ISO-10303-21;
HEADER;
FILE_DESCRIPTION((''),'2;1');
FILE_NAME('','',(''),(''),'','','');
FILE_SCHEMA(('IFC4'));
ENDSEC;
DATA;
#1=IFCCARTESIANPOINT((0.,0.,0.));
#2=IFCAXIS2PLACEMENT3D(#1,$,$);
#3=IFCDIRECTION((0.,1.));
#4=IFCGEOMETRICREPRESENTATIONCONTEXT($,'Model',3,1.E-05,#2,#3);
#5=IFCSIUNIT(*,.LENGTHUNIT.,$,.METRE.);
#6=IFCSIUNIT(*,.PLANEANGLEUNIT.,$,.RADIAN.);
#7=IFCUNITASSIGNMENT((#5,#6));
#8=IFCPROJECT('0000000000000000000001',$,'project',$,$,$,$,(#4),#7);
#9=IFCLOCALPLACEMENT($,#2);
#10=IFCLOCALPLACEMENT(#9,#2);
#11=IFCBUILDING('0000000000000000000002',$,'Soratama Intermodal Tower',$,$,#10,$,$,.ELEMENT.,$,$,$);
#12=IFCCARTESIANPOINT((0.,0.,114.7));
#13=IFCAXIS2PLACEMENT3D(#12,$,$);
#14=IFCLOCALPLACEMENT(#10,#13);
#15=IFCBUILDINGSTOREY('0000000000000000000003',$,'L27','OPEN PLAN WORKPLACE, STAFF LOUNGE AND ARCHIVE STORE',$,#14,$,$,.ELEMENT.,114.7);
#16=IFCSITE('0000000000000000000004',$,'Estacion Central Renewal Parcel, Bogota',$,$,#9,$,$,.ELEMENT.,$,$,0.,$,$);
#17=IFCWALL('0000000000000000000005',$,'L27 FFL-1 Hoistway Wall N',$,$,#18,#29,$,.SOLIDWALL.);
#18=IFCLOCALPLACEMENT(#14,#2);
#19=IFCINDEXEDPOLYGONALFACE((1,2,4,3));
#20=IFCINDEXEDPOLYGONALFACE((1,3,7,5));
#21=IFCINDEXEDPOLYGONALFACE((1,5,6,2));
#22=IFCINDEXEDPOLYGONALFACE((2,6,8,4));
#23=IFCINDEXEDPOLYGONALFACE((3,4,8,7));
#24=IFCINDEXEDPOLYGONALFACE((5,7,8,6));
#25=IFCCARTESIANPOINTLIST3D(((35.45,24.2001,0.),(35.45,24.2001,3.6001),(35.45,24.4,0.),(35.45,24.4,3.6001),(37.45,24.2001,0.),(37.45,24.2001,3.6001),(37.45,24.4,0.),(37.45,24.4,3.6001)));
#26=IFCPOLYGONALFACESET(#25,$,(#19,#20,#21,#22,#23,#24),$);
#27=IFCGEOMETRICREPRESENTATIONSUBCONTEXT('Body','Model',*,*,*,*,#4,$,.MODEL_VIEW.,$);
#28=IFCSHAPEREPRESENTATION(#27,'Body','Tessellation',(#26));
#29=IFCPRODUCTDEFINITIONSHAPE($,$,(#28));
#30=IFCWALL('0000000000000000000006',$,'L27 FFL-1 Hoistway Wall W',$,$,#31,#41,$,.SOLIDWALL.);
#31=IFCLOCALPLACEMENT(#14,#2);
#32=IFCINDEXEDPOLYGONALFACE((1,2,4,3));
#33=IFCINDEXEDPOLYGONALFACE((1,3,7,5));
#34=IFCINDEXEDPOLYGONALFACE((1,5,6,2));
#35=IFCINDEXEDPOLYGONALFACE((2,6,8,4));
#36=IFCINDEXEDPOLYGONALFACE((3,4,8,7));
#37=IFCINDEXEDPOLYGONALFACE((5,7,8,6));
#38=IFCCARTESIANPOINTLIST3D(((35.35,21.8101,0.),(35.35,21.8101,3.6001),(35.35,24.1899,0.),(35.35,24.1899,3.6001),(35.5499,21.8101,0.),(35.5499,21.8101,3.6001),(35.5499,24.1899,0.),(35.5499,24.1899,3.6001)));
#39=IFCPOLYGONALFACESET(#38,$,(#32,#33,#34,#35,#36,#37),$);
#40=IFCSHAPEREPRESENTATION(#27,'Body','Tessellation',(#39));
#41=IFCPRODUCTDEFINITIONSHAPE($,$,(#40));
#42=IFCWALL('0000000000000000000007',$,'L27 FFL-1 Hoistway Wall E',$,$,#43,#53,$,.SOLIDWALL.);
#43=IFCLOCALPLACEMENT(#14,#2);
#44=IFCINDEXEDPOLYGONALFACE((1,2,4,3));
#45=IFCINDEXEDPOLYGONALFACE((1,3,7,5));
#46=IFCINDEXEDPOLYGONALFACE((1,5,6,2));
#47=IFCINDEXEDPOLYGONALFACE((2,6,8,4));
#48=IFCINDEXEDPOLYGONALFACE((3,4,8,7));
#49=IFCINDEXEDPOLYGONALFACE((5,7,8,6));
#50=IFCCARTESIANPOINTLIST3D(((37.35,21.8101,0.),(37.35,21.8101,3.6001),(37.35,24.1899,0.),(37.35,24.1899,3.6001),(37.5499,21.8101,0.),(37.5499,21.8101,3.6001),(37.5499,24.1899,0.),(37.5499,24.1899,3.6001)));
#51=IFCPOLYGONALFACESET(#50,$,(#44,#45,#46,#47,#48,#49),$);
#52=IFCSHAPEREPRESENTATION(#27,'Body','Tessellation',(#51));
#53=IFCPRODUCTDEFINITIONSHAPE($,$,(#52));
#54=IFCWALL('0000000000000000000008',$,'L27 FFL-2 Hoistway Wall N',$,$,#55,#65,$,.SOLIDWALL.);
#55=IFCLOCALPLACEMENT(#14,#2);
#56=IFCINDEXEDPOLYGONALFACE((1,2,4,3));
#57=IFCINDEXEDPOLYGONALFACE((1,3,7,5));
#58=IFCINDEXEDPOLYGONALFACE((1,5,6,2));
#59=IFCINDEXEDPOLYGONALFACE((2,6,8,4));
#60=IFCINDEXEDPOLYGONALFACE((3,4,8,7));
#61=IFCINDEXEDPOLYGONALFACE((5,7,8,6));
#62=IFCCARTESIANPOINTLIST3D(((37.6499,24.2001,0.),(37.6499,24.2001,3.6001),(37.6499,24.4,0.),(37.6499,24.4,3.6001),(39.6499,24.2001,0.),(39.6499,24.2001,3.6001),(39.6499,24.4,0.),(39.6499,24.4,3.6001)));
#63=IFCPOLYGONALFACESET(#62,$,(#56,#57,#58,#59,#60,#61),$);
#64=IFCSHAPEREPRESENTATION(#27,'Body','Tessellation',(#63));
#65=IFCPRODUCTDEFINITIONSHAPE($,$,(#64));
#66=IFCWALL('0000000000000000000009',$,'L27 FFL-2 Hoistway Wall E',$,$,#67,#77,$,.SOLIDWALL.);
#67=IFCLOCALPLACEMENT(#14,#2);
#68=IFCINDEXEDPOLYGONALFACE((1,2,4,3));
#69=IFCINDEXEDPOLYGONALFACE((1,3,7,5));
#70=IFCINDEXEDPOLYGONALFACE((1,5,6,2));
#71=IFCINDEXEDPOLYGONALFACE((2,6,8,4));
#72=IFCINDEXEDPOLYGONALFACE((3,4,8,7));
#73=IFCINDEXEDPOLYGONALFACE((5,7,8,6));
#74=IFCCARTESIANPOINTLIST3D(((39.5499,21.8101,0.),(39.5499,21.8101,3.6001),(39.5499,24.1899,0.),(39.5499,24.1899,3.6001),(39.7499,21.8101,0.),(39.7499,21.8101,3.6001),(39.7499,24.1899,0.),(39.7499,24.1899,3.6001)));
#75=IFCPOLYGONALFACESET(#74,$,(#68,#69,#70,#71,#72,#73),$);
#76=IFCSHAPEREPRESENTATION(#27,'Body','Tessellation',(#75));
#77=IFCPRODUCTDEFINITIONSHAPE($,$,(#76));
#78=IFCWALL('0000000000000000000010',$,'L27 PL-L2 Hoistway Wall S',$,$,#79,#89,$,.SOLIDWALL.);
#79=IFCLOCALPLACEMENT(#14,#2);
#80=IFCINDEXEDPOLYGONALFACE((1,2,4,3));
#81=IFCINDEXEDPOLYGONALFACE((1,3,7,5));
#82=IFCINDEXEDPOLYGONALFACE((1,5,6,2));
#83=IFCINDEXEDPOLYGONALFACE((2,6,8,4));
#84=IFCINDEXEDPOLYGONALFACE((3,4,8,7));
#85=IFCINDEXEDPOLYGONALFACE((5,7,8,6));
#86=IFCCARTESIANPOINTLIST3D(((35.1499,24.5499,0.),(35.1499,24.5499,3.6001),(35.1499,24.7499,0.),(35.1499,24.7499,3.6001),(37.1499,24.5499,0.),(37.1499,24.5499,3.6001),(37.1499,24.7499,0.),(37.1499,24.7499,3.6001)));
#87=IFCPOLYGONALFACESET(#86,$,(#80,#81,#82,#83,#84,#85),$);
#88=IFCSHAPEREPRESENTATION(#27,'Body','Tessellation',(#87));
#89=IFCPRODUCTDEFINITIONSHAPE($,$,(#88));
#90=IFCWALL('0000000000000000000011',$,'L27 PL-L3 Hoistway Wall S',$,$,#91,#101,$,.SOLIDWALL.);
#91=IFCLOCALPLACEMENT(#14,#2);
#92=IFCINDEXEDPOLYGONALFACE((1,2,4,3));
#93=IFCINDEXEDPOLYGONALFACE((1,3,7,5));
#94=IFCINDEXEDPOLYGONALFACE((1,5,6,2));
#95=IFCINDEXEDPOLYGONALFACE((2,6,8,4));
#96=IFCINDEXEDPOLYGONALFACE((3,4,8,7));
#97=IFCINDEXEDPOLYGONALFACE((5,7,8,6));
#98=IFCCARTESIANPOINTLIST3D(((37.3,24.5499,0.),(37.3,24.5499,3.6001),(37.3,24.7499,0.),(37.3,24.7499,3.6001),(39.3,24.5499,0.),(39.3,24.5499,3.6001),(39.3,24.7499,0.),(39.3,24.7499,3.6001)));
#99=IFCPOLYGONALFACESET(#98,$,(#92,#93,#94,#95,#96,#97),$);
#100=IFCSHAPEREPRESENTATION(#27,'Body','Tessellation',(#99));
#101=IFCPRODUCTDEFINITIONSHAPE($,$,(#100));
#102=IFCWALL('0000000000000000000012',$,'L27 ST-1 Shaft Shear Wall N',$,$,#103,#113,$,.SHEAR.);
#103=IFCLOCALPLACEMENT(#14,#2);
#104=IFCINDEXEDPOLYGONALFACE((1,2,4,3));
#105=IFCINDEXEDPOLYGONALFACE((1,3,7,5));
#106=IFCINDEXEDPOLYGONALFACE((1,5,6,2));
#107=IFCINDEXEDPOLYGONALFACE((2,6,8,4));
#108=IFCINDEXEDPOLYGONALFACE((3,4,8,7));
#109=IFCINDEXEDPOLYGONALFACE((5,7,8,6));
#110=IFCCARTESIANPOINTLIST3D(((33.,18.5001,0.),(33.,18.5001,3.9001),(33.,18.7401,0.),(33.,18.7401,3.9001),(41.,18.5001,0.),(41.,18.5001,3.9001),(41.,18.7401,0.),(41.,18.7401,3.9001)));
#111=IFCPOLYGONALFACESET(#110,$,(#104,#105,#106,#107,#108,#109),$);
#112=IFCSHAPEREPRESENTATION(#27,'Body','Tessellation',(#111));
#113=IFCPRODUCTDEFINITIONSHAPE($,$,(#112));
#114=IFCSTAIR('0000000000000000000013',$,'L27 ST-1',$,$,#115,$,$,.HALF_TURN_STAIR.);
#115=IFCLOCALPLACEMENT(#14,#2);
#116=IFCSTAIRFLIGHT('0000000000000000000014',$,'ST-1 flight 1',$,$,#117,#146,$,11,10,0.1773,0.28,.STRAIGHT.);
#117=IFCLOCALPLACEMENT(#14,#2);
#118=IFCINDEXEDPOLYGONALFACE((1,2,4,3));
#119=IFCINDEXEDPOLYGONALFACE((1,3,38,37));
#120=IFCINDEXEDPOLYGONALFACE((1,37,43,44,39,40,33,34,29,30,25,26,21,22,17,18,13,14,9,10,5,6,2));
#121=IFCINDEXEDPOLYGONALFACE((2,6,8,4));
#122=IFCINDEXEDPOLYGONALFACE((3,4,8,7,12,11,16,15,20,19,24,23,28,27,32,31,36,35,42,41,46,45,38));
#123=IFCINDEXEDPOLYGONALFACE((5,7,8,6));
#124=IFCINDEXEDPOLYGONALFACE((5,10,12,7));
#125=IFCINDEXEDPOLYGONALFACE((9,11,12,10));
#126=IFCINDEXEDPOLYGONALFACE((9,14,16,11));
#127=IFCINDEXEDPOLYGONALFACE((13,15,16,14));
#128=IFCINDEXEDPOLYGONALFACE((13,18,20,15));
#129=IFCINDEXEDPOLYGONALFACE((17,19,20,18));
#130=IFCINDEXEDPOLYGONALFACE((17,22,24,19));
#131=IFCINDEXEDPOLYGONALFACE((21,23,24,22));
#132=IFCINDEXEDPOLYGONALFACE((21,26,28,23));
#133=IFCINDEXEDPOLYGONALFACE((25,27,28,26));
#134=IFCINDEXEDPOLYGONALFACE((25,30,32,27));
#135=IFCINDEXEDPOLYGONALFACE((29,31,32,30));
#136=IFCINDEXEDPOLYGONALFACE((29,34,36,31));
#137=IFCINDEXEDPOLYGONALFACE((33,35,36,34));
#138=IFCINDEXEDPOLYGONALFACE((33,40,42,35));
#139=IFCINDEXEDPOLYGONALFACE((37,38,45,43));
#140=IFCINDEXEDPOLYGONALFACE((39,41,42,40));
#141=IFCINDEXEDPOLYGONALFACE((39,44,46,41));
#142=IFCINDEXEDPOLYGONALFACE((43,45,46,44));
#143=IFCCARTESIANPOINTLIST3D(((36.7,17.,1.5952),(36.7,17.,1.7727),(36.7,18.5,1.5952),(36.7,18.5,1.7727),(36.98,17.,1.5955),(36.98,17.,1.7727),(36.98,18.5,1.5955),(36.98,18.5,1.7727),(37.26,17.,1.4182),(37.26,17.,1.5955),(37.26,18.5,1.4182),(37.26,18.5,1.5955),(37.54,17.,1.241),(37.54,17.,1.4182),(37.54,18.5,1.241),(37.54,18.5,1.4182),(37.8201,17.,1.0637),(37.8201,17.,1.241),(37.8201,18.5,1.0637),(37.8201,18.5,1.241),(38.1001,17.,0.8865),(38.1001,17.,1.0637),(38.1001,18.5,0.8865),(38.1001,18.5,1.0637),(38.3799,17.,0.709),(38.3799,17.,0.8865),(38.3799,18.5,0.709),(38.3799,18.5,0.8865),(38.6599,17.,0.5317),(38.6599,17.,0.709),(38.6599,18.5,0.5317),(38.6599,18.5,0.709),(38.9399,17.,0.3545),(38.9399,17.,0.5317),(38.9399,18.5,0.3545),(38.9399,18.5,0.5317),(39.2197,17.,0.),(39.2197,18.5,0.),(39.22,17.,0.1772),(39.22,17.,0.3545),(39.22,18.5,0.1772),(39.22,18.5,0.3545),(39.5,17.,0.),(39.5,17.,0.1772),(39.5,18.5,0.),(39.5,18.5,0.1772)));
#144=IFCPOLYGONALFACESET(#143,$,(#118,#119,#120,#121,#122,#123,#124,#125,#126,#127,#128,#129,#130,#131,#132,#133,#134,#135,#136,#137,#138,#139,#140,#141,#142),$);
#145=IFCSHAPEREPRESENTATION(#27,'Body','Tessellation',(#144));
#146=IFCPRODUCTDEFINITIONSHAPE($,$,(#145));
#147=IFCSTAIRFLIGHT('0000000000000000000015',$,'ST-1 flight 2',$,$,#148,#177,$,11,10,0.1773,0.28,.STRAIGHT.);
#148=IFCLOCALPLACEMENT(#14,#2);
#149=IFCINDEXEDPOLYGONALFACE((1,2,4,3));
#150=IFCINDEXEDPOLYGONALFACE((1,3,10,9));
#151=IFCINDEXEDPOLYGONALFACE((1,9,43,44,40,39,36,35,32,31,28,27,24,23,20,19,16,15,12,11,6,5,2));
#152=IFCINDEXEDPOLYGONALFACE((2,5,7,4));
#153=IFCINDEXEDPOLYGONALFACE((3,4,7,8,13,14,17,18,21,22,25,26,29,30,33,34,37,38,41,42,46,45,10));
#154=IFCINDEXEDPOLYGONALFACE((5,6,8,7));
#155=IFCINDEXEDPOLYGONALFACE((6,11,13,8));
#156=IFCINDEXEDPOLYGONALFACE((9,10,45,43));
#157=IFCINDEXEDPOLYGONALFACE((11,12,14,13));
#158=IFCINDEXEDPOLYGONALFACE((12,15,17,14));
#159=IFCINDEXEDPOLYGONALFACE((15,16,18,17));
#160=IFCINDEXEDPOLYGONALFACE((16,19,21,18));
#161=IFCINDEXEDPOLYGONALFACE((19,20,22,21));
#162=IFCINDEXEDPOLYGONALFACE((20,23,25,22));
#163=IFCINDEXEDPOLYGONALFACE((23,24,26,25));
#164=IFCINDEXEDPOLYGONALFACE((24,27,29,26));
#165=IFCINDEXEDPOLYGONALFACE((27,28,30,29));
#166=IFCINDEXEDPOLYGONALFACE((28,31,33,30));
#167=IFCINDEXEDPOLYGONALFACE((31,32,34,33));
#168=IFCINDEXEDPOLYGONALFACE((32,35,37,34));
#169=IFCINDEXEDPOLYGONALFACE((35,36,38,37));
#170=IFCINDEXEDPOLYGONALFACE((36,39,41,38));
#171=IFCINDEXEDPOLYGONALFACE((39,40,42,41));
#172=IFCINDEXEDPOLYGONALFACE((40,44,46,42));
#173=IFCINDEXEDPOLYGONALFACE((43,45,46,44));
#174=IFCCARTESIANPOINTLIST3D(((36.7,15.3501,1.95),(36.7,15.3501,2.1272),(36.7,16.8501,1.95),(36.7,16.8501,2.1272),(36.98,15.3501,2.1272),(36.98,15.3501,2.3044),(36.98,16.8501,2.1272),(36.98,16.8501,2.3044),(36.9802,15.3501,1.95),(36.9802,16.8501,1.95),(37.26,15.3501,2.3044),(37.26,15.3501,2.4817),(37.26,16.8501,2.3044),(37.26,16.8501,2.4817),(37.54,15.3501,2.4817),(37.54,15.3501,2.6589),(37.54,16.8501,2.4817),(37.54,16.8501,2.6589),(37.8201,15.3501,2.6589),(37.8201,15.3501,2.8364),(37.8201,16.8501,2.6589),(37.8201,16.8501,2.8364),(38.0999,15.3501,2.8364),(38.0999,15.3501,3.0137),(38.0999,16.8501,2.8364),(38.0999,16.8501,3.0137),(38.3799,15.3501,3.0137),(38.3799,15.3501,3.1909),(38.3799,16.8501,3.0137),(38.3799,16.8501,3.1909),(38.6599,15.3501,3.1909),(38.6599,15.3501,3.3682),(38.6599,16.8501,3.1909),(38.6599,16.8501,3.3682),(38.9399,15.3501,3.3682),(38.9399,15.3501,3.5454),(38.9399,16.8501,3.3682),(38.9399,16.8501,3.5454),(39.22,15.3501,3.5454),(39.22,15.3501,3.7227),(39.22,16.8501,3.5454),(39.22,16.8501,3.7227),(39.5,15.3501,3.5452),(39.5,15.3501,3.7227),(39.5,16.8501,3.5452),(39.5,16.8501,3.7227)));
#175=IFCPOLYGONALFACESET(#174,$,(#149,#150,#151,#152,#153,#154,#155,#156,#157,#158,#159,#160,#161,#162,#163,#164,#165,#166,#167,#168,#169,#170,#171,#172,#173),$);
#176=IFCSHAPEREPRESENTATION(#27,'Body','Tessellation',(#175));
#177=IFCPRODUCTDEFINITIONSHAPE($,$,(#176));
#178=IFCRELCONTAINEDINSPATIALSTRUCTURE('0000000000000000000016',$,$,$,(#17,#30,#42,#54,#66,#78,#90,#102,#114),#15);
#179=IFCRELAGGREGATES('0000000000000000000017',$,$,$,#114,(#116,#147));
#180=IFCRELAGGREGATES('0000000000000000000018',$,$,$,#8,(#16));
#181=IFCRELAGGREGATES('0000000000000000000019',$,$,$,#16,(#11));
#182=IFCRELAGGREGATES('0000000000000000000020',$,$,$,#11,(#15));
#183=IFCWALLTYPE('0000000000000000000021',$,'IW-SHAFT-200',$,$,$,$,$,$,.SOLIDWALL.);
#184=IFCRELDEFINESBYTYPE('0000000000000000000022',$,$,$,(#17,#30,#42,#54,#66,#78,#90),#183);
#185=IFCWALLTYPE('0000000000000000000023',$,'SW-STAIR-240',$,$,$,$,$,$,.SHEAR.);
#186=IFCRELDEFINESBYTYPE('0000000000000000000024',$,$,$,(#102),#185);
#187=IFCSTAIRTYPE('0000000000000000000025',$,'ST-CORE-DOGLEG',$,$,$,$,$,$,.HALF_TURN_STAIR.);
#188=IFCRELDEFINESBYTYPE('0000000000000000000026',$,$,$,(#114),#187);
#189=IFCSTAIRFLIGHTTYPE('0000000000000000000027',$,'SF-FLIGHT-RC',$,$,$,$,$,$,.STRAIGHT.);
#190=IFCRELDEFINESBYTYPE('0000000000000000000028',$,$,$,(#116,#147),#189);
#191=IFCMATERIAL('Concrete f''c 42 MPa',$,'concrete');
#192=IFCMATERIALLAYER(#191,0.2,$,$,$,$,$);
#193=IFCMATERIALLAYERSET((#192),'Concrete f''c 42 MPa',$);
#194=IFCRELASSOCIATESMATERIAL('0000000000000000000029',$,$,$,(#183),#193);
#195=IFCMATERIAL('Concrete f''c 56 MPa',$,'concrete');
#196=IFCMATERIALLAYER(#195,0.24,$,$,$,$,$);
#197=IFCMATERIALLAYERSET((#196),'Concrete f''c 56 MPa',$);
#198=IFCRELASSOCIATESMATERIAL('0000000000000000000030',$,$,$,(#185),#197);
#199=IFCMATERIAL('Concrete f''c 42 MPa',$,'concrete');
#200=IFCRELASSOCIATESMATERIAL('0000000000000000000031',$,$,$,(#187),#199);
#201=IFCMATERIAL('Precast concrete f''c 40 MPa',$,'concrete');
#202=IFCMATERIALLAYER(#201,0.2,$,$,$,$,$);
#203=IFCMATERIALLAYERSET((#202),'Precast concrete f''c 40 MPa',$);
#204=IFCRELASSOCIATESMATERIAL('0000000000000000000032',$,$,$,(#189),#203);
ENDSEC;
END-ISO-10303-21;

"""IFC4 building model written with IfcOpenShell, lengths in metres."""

from ifc_helpers import new_model, si_unit, direction, frame, frame_2d, origin, place, context, subcontext, project, spatial, polyline, rectangle, outline, extrude, material, layer, layer_set, type_object, element, aggregate, save


model = new_model("IFC4")

# Units and contexts
model_context = context("Model", 3, precision=1e-05, world=origin(), true_north=direction((0.0, 1.0)))
body_context = subcontext(model_context, "Body", "Model", "MODEL_VIEW")
ifc_project = project(units=[si_unit("LENGTHUNIT", "METRE"), si_unit("PLANEANGLEUNIT", "RADIAN")], contexts=[model_context])

# Site, building, storey
site_placement = place(None, origin())
site = spatial("IfcSite", under=ifc_project, at=site_placement, Name="Estacion Central Renewal Parcel, Bogota", CompositionType="ELEMENT", RefElevation=0.0)
building_placement = place(site_placement, origin())
building = spatial("IfcBuilding", under=site, at=building_placement, Name="Soratama Intermodal Tower", CompositionType="ELEMENT")
storey_placement = place(building_placement, frame((0.0, 0.0, 114.7)))
storey = spatial("IfcBuildingStorey", under=building, at=storey_placement, Name="L27", Description="OPEN PLAN WORKPLACE, STAFF LOUNGE AND ARCHIVE STORE", CompositionType="ELEMENT", Elevation=114.7)

# Shared definitions
ifc_material_1 = material(Name="Concrete f'c 42 MPa", Category="concrete")
ifc_layer_1 = layer(ifc_material_1, 0.2)
ifc_layer_set_1 = layer_set([ifc_layer_1], Name="Concrete f'c 42 MPa")
wall_type_1 = type_object("IfcWallType", Name="IW-SHAFT-200", PredefinedType="SOLIDWALL", material=ifc_layer_set_1)

# Walls
wall_1_placement = place(storey_placement, frame((35.45, 24.3, 0.0), z_axis=(0.0, 0.0, 1.0), x_axis=(1.0, 0.0, 0.0)))
element("IfcWall", 1, at=wall_1_placement, inside=storey, type_object=wall_type_1, Name="L27 FFL-1 Hoistway Wall N", PredefinedType="SOLIDWALL", context=body_context, shape_type="SweptSolid", body=[
    extrude(rectangle(XDim=2.0, YDim=0.2, at=frame_2d((1.0, 0.0))), origin(), (0.0, 0.0, 1.0), 3.6001),
])
for number, where, z_axis, x_axis, name in (
    (2, (35.45, 21.8101, 0.0), (0.0, 0.0, 1.0), (0.0, 1.0, 0.0), "L27 FFL-1 Hoistway Wall W"),
    (3, (37.45, 21.8101, 0.0), (0.0, 0.0, 1.0), (0.0, 1.0, 0.0), "L27 FFL-1 Hoistway Wall E"),
):
    element("IfcWall", number, at=place(storey_placement, frame(where, z_axis=z_axis, x_axis=x_axis)), inside=storey, type_object=wall_type_1, Name=name, PredefinedType="SOLIDWALL", context=body_context, shape_type="SweptSolid", body=[
        extrude(rectangle(XDim=2.3799, YDim=0.2, at=frame_2d((1.1899, 0.0))), origin(), (0.0, 0.0, 1.0), 3.6001),
    ])

# Walls
wall_2_placement = place(storey_placement, frame((37.6499, 24.3, 0.0), z_axis=(0.0, 0.0, 1.0), x_axis=(1.0, 0.0, 0.0)))
element("IfcWall", 4, at=wall_2_placement, inside=storey, type_object=wall_type_1, Name="L27 FFL-2 Hoistway Wall N", PredefinedType="SOLIDWALL", context=body_context, shape_type="SweptSolid", body=[
    extrude(rectangle(XDim=2.0, YDim=0.2, at=frame_2d((1.0, 0.0))), origin(), (0.0, 0.0, 1.0), 3.6001),
])
wall_3_placement = place(storey_placement, frame((39.6499, 21.8101, 0.0), z_axis=(0.0, 0.0, 1.0), x_axis=(0.0, 1.0, 0.0)))
element("IfcWall", 5, at=wall_3_placement, inside=storey, type_object=wall_type_1, Name="L27 FFL-2 Hoistway Wall E", PredefinedType="SOLIDWALL", context=body_context, shape_type="SweptSolid", body=[
    extrude(rectangle(XDim=2.3799, YDim=0.2, at=frame_2d((1.1899, 0.0))), origin(), (0.0, 0.0, 1.0), 3.6001),
])

# Walls
for number, where, z_axis, x_axis, name in (
    (6, (35.1499, 24.6499, 0.0), (0.0, 0.0, 1.0), (1.0, 0.0, 0.0), "L27 PL-L2 Hoistway Wall S"),
    (7, (37.3, 24.6499, 0.0), (0.0, 0.0, 1.0), (1.0, 0.0, 0.0), "L27 PL-L3 Hoistway Wall S"),
):
    element("IfcWall", number, at=place(storey_placement, frame(where, z_axis=z_axis, x_axis=x_axis)), inside=storey, type_object=wall_type_1, Name=name, PredefinedType="SOLIDWALL", context=body_context, shape_type="SweptSolid", body=[
        extrude(rectangle(XDim=2.0, YDim=0.2, at=frame_2d((1.0, 0.0))), origin(), (0.0, 0.0, 1.0), 3.6001),
    ])
ifc_material_2 = material(Name="Concrete f'c 56 MPa", Category="concrete")
ifc_layer_2 = layer(ifc_material_2, 0.24)
ifc_layer_set_2 = layer_set([ifc_layer_2], Name="Concrete f'c 56 MPa")
wall_type_2 = type_object("IfcWallType", Name="SW-STAIR-240", PredefinedType="SHEAR", material=ifc_layer_set_2)
wall_4_placement = place(storey_placement, frame((33.0, 18.6201, 0.0), z_axis=(0.0, 0.0, 1.0), x_axis=(1.0, 0.0, 0.0)))
element("IfcWall", 8, at=wall_4_placement, inside=storey, type_object=wall_type_2, Name="L27 ST-1 Shaft Shear Wall N", PredefinedType="SHEAR", context=body_context, shape_type="SweptSolid", body=[
    extrude(rectangle(XDim=8.0, YDim=0.24, at=frame_2d((4.0, 0.0))), origin(), (0.0, 0.0, 1.0), 3.9001),
])

# Stair, stair flights
ifc_material_3 = material(Name="Concrete f'c 42 MPa", Category="concrete")
stair_type = type_object("IfcStairType", Name="ST-CORE-DOGLEG", PredefinedType="HALF_TURN_STAIR", material=ifc_material_3)
stair_placement = place(storey_placement, origin())
stair = element("IfcStair", 9, at=stair_placement, inside=storey, type_object=stair_type, Name="L27 ST-1", PredefinedType="HALF_TURN_STAIR")
ifc_material_4 = material(Name="Precast concrete f'c 40 MPa", Category="concrete")
ifc_layer_3 = layer(ifc_material_4, 0.2)
ifc_layer_set_3 = layer_set([ifc_layer_3], Name="Precast concrete f'c 40 MPa")
stair_flight_type = type_object("IfcStairFlightType", Name="SF-FLIGHT-RC", PredefinedType="STRAIGHT", material=ifc_layer_set_3)
stair_flight_1_placement = place(storey_placement, frame((39.5, 17.75, 0.0), z_axis=(0.0, 0.0, 1.0), x_axis=(-1.0, 0.0, 0.0)))
stair_flight_1 = element("IfcStairFlight", 10, at=stair_flight_1_placement, type_object=stair_flight_type, Name="ST-1 flight 1", NumberOfRisers=11, NumberOfTreads=10, PredefinedType="STRAIGHT", RiserHeight=0.1773, TreadLength=0.28, context=body_context, shape_type="SweptSolid", body=[
    extrude(outline(polyline([(0.0, 0.0), (0.0, 0.1772), (0.28, 0.1772), (0.28, 0.3545), (0.5601, 0.3545), (0.5601, 0.5317), (0.8401, 0.5317), (0.8401, 0.709), (1.1201, 0.709), (1.1201, 0.8865), (1.3999, 0.8865), (1.3999, 1.0637), (1.6799, 1.0637), (1.6799, 1.241), (1.96, 1.241), (1.96, 1.4182), (2.24, 1.4182), (2.24, 1.5955), (2.52, 1.5955), (2.52, 1.7727), (2.8, 1.7727), (2.8, 1.95), (2.8, 1.5952), (0.2803, 0.0), (0.0, 0.0)])), frame((0.0, 0.75, 0.0), z_axis=(0.0, -1.0, 0.0), x_axis=(1.0, 0.0, 0.0)), (0.0, 0.0, 1.0), 1.5),
])
stair_flight_2_placement = place(storey_placement, frame((36.7, 16.1001, 1.95), z_axis=(0.0, 0.0, 1.0), x_axis=(1.0, 0.0, 0.0)))
stair_flight_2 = element("IfcStairFlight", 11, at=stair_flight_2_placement, type_object=stair_flight_type, Name="ST-1 flight 2", NumberOfRisers=11, NumberOfTreads=10, PredefinedType="STRAIGHT", RiserHeight=0.1773, TreadLength=0.28, context=body_context, shape_type="SweptSolid", body=[
    extrude(outline(polyline([(0.0, 0.0), (0.0, 0.1772), (0.28, 0.1772), (0.28, 0.3545), (0.5601, 0.3545), (0.5601, 0.5317), (0.8401, 0.5317), (0.8401, 0.709), (1.1201, 0.709), (1.1201, 0.8865), (1.3999, 0.8865), (1.3999, 1.0637), (1.6799, 1.0637), (1.6799, 1.241), (1.96, 1.241), (1.96, 1.4182), (2.24, 1.4182), (2.24, 1.5955), (2.52, 1.5955), (2.52, 1.7727), (2.8, 1.7727), (2.8, 1.95), (2.8, 1.5952), (0.2803, 0.0), (0.0, 0.0)])), frame((0.0, 0.75, 0.0), z_axis=(0.0, -1.0, 0.0), x_axis=(1.0, 0.0, 0.0)), (0.0, 0.0, 1.0), 1.5),
])
aggregate(stair, [stair_flight_1, stair_flight_2])

save(model, "model.ifc")
